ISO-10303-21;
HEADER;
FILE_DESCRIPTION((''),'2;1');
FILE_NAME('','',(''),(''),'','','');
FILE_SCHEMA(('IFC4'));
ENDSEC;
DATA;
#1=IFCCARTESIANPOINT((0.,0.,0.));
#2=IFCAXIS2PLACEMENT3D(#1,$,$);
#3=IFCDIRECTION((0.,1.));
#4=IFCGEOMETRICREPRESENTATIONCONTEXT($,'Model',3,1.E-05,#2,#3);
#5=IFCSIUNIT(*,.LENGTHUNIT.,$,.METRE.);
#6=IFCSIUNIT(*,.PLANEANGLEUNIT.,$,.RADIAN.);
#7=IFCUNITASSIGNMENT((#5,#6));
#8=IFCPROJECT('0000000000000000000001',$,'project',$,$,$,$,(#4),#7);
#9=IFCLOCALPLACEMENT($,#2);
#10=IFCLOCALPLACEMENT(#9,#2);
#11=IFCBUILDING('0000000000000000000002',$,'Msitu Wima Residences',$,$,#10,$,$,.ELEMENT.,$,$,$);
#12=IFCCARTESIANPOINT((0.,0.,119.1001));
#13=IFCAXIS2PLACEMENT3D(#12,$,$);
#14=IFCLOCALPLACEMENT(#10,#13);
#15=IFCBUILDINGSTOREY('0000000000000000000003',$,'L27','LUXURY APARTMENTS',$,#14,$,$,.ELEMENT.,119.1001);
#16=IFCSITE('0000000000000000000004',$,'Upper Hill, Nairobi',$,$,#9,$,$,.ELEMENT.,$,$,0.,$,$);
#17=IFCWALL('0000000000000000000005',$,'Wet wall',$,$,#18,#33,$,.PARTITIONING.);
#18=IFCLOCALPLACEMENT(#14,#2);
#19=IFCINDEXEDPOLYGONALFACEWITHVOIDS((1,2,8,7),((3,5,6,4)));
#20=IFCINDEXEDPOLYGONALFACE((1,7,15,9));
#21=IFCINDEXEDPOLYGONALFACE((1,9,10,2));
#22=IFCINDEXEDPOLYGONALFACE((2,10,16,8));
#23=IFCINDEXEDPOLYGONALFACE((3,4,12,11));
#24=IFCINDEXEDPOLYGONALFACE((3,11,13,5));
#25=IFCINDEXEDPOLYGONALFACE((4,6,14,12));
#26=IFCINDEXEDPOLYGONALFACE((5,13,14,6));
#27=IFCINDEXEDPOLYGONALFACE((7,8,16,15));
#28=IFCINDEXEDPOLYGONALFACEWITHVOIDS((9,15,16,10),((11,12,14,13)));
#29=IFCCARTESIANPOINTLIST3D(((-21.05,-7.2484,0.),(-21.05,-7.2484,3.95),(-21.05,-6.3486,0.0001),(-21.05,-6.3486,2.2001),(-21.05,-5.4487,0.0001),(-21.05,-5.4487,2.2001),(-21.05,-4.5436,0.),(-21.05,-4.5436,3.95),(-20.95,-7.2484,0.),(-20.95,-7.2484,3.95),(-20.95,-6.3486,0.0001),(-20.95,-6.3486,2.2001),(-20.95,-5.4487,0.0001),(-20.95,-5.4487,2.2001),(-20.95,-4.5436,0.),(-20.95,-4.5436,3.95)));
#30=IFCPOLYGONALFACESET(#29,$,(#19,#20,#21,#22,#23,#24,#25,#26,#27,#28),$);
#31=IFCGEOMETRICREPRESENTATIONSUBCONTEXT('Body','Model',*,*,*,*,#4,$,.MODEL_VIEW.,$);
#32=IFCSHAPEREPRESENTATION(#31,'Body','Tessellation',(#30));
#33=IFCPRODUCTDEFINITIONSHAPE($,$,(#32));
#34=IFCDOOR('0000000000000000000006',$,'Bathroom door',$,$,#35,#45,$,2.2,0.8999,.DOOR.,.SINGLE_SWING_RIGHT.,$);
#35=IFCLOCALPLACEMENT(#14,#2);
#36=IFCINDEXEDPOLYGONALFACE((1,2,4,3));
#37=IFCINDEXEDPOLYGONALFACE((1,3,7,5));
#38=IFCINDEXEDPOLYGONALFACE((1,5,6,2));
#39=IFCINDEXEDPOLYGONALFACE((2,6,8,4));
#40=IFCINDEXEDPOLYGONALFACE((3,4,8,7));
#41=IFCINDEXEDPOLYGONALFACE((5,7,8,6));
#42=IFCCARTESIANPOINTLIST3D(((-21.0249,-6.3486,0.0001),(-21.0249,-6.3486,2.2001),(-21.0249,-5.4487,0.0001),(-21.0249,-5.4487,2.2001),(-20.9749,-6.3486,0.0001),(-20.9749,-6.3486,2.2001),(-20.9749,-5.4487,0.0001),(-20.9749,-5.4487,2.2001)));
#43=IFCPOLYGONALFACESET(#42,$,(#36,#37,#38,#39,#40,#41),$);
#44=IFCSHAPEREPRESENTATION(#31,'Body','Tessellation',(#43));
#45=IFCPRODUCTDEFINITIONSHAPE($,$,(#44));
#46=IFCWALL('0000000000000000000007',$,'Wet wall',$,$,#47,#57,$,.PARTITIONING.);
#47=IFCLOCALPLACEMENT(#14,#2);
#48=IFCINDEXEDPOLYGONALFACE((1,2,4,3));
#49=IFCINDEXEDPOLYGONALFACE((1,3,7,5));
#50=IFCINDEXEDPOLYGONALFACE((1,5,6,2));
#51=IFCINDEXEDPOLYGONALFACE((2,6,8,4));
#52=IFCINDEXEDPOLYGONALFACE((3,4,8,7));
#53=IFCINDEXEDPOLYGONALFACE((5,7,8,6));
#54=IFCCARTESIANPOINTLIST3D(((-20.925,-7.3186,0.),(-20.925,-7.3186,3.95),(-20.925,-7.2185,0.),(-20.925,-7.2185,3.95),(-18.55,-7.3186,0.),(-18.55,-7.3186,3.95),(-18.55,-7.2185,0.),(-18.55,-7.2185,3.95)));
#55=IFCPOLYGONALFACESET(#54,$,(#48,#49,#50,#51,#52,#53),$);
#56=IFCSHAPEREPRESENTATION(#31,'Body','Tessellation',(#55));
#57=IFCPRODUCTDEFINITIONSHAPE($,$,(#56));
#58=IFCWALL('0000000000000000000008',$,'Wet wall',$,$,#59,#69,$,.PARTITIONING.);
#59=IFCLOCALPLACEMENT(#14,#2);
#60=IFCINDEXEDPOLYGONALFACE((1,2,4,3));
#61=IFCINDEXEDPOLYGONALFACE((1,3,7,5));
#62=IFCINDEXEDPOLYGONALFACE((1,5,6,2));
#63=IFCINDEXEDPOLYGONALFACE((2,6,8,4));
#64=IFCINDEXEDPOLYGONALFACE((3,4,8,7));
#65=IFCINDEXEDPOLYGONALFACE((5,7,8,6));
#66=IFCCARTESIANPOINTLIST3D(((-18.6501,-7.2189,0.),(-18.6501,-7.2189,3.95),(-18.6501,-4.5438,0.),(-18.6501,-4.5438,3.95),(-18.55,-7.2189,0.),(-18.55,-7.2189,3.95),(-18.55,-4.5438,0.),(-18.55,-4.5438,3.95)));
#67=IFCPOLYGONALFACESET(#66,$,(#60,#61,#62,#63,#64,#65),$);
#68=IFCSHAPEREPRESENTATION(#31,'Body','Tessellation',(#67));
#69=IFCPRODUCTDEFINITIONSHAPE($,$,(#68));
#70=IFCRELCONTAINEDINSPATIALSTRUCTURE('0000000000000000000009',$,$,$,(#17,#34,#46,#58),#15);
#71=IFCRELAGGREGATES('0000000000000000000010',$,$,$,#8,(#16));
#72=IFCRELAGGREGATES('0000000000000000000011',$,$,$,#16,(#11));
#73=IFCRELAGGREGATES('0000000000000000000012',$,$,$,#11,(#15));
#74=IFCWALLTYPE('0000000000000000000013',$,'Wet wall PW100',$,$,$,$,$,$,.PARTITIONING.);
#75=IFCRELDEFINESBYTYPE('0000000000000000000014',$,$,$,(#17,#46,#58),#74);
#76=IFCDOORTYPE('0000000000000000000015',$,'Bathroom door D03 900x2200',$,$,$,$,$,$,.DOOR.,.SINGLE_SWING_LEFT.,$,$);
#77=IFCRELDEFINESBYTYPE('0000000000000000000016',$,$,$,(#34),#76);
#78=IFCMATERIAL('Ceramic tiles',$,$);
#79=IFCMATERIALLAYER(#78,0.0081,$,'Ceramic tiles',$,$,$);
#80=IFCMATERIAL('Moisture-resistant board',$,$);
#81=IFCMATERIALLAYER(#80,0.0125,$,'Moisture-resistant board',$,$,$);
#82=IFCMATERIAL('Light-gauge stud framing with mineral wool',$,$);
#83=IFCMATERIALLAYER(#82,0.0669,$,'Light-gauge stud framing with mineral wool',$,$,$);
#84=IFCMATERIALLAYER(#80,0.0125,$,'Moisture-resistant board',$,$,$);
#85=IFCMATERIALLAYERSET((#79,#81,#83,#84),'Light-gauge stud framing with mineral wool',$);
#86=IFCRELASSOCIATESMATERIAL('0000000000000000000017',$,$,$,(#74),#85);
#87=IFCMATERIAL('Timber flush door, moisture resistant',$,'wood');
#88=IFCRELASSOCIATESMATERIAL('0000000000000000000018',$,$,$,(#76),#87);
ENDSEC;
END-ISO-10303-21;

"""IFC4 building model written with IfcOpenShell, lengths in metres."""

from ifc_helpers import new_model, si_unit, direction, frame, frame_2d, origin, place, context, subcontext, project, spatial, rectangle, extrude, material, layer, layer_set, type_object, element, fill, save


model = new_model("IFC4")

# Units and contexts
model_context = context("Model", 3, precision=1e-05, world=origin(), true_north=direction((0.0, 1.0)))
body_context = subcontext(model_context, "Body", "Model", "MODEL_VIEW")
ifc_project = project(units=[si_unit("LENGTHUNIT", "METRE"), si_unit("PLANEANGLEUNIT", "RADIAN")], contexts=[model_context])

# Site, building, storey
site_placement = place(None, origin())
site = spatial("IfcSite", under=ifc_project, at=site_placement, Name="Upper Hill, Nairobi", CompositionType="ELEMENT", RefElevation=0.0)
building_placement = place(site_placement, origin())
building = spatial("IfcBuilding", under=site, at=building_placement, Name="Msitu Wima Residences", CompositionType="ELEMENT")
storey_placement = place(building_placement, frame((0.0, 0.0, 119.1001)))
storey = spatial("IfcBuildingStorey", under=building, at=storey_placement, Name="L27", Description="LUXURY APARTMENTS", CompositionType="ELEMENT", Elevation=119.1001)

# Shared definitions
ifc_material_1 = material(Name="Ceramic tiles")
ifc_layer_1 = layer(ifc_material_1, 0.0081, Name="Ceramic tiles")
ifc_material_2 = material(Name="Moisture-resistant board")
ifc_layer_2 = layer(ifc_material_2, 0.0125, Name="Moisture-resistant board")
ifc_material_3 = material(Name="Light-gauge stud framing with mineral wool")
ifc_layer_3 = layer(ifc_material_3, 0.0669, Name="Light-gauge stud framing with mineral wool")
ifc_layer_4 = layer(ifc_material_2, 0.0125, Name="Moisture-resistant board")
ifc_layer_set_1 = layer_set([ifc_layer_1, ifc_layer_2, ifc_layer_3, ifc_layer_4], Name="Light-gauge stud framing with mineral wool")
wall_type_1 = type_object("IfcWallType", Name="Wet wall PW100", PredefinedType="PARTITIONING", material=ifc_layer_set_1)

# Wall, opening, door
wall_1_placement = place(storey_placement, frame((-21.0, -7.2485, 0.0), z_axis=(0.0, 0.0, 1.0), x_axis=(0.0, 1.0, 0.0)))
wall_1 = element("IfcWall", 1, at=wall_1_placement, inside=storey, type_object=wall_type_1, Name="Wet wall", PredefinedType="PARTITIONING", context=body_context, shape_type="SweptSolid", body=[
    extrude(rectangle(XDim=2.7048, YDim=0.1001, at=frame_2d((1.3525, 0.0))), origin(), (0.0, 0.0, 1.0), 3.95),
])
opening_1_placement = place(wall_1_placement, frame((0.8999, 0.0, 0.0)))
opening_1 = element("IfcOpeningElement", 2, at=opening_1_placement, cuts=wall_1, PredefinedType="OPENING", context=body_context, shape_type="SweptSolid", body=[
    extrude(rectangle(XDim=0.8999, YDim=2.2, at=frame_2d((0.45, 1.1001))), frame((0.0, 0.0601, 0.0), z_axis=(0.0, -1.0, 0.0), x_axis=(1.0, 0.0, 0.0)), (0.0, 0.0, 1.0), 0.1201),
])
ifc_material_4 = material(Name="Timber flush door, moisture resistant", Category="wood")
door_type_1 = type_object("IfcDoorType", Name="Bathroom door D03 900x2200", OperationType="SINGLE_SWING_LEFT", PredefinedType="DOOR", material=ifc_material_4)
door_1_placement = place(opening_1_placement, origin())
door_1 = element("IfcDoor", 3, at=door_1_placement, inside=storey, type_object=door_type_1, Name="Bathroom door", OperationType="SINGLE_SWING_RIGHT", OverallHeight=2.2, OverallWidth=0.8999, PredefinedType="DOOR", context=body_context, shape_type="SweptSolid", body=[
    extrude(rectangle(XDim=0.8999, YDim=2.2, at=frame_2d((0.45, 1.1001))), frame((0.0, 0.0249, 0.0), z_axis=(0.0, -1.0, 0.0), x_axis=(1.0, 0.0, 0.0)), (0.0, 0.0, 1.0), 0.05),
])
fill(opening_1, door_1)

# Walls
wall_2_placement = place(storey_placement, frame((-20.925, -7.2686, 0.0), z_axis=(0.0, 0.0, 1.0), x_axis=(1.0, 0.0, 0.0)))
element("IfcWall", 4, at=wall_2_placement, inside=storey, type_object=wall_type_1, Name="Wet wall", PredefinedType="PARTITIONING", context=body_context, shape_type="SweptSolid", body=[
    extrude(rectangle(XDim=2.375, YDim=0.1001, at=frame_2d((1.1875, 0.0))), origin(), (0.0, 0.0, 1.0), 3.95),
])
wall_3_placement = place(storey_placement, frame((-18.6001, -7.2188, 0.0), z_axis=(0.0, 0.0, 1.0), x_axis=(0.0, 1.0, 0.0)))
element("IfcWall", 5, at=wall_3_placement, inside=storey, type_object=wall_type_1, Name="Wet wall", PredefinedType="PARTITIONING", context=body_context, shape_type="SweptSolid", body=[
    extrude(rectangle(XDim=2.675, YDim=0.1001, at=frame_2d((1.3374, 0.0))), origin(), (0.0, 0.0, 1.0), 3.95),
])

save(model, "model.ifc")
